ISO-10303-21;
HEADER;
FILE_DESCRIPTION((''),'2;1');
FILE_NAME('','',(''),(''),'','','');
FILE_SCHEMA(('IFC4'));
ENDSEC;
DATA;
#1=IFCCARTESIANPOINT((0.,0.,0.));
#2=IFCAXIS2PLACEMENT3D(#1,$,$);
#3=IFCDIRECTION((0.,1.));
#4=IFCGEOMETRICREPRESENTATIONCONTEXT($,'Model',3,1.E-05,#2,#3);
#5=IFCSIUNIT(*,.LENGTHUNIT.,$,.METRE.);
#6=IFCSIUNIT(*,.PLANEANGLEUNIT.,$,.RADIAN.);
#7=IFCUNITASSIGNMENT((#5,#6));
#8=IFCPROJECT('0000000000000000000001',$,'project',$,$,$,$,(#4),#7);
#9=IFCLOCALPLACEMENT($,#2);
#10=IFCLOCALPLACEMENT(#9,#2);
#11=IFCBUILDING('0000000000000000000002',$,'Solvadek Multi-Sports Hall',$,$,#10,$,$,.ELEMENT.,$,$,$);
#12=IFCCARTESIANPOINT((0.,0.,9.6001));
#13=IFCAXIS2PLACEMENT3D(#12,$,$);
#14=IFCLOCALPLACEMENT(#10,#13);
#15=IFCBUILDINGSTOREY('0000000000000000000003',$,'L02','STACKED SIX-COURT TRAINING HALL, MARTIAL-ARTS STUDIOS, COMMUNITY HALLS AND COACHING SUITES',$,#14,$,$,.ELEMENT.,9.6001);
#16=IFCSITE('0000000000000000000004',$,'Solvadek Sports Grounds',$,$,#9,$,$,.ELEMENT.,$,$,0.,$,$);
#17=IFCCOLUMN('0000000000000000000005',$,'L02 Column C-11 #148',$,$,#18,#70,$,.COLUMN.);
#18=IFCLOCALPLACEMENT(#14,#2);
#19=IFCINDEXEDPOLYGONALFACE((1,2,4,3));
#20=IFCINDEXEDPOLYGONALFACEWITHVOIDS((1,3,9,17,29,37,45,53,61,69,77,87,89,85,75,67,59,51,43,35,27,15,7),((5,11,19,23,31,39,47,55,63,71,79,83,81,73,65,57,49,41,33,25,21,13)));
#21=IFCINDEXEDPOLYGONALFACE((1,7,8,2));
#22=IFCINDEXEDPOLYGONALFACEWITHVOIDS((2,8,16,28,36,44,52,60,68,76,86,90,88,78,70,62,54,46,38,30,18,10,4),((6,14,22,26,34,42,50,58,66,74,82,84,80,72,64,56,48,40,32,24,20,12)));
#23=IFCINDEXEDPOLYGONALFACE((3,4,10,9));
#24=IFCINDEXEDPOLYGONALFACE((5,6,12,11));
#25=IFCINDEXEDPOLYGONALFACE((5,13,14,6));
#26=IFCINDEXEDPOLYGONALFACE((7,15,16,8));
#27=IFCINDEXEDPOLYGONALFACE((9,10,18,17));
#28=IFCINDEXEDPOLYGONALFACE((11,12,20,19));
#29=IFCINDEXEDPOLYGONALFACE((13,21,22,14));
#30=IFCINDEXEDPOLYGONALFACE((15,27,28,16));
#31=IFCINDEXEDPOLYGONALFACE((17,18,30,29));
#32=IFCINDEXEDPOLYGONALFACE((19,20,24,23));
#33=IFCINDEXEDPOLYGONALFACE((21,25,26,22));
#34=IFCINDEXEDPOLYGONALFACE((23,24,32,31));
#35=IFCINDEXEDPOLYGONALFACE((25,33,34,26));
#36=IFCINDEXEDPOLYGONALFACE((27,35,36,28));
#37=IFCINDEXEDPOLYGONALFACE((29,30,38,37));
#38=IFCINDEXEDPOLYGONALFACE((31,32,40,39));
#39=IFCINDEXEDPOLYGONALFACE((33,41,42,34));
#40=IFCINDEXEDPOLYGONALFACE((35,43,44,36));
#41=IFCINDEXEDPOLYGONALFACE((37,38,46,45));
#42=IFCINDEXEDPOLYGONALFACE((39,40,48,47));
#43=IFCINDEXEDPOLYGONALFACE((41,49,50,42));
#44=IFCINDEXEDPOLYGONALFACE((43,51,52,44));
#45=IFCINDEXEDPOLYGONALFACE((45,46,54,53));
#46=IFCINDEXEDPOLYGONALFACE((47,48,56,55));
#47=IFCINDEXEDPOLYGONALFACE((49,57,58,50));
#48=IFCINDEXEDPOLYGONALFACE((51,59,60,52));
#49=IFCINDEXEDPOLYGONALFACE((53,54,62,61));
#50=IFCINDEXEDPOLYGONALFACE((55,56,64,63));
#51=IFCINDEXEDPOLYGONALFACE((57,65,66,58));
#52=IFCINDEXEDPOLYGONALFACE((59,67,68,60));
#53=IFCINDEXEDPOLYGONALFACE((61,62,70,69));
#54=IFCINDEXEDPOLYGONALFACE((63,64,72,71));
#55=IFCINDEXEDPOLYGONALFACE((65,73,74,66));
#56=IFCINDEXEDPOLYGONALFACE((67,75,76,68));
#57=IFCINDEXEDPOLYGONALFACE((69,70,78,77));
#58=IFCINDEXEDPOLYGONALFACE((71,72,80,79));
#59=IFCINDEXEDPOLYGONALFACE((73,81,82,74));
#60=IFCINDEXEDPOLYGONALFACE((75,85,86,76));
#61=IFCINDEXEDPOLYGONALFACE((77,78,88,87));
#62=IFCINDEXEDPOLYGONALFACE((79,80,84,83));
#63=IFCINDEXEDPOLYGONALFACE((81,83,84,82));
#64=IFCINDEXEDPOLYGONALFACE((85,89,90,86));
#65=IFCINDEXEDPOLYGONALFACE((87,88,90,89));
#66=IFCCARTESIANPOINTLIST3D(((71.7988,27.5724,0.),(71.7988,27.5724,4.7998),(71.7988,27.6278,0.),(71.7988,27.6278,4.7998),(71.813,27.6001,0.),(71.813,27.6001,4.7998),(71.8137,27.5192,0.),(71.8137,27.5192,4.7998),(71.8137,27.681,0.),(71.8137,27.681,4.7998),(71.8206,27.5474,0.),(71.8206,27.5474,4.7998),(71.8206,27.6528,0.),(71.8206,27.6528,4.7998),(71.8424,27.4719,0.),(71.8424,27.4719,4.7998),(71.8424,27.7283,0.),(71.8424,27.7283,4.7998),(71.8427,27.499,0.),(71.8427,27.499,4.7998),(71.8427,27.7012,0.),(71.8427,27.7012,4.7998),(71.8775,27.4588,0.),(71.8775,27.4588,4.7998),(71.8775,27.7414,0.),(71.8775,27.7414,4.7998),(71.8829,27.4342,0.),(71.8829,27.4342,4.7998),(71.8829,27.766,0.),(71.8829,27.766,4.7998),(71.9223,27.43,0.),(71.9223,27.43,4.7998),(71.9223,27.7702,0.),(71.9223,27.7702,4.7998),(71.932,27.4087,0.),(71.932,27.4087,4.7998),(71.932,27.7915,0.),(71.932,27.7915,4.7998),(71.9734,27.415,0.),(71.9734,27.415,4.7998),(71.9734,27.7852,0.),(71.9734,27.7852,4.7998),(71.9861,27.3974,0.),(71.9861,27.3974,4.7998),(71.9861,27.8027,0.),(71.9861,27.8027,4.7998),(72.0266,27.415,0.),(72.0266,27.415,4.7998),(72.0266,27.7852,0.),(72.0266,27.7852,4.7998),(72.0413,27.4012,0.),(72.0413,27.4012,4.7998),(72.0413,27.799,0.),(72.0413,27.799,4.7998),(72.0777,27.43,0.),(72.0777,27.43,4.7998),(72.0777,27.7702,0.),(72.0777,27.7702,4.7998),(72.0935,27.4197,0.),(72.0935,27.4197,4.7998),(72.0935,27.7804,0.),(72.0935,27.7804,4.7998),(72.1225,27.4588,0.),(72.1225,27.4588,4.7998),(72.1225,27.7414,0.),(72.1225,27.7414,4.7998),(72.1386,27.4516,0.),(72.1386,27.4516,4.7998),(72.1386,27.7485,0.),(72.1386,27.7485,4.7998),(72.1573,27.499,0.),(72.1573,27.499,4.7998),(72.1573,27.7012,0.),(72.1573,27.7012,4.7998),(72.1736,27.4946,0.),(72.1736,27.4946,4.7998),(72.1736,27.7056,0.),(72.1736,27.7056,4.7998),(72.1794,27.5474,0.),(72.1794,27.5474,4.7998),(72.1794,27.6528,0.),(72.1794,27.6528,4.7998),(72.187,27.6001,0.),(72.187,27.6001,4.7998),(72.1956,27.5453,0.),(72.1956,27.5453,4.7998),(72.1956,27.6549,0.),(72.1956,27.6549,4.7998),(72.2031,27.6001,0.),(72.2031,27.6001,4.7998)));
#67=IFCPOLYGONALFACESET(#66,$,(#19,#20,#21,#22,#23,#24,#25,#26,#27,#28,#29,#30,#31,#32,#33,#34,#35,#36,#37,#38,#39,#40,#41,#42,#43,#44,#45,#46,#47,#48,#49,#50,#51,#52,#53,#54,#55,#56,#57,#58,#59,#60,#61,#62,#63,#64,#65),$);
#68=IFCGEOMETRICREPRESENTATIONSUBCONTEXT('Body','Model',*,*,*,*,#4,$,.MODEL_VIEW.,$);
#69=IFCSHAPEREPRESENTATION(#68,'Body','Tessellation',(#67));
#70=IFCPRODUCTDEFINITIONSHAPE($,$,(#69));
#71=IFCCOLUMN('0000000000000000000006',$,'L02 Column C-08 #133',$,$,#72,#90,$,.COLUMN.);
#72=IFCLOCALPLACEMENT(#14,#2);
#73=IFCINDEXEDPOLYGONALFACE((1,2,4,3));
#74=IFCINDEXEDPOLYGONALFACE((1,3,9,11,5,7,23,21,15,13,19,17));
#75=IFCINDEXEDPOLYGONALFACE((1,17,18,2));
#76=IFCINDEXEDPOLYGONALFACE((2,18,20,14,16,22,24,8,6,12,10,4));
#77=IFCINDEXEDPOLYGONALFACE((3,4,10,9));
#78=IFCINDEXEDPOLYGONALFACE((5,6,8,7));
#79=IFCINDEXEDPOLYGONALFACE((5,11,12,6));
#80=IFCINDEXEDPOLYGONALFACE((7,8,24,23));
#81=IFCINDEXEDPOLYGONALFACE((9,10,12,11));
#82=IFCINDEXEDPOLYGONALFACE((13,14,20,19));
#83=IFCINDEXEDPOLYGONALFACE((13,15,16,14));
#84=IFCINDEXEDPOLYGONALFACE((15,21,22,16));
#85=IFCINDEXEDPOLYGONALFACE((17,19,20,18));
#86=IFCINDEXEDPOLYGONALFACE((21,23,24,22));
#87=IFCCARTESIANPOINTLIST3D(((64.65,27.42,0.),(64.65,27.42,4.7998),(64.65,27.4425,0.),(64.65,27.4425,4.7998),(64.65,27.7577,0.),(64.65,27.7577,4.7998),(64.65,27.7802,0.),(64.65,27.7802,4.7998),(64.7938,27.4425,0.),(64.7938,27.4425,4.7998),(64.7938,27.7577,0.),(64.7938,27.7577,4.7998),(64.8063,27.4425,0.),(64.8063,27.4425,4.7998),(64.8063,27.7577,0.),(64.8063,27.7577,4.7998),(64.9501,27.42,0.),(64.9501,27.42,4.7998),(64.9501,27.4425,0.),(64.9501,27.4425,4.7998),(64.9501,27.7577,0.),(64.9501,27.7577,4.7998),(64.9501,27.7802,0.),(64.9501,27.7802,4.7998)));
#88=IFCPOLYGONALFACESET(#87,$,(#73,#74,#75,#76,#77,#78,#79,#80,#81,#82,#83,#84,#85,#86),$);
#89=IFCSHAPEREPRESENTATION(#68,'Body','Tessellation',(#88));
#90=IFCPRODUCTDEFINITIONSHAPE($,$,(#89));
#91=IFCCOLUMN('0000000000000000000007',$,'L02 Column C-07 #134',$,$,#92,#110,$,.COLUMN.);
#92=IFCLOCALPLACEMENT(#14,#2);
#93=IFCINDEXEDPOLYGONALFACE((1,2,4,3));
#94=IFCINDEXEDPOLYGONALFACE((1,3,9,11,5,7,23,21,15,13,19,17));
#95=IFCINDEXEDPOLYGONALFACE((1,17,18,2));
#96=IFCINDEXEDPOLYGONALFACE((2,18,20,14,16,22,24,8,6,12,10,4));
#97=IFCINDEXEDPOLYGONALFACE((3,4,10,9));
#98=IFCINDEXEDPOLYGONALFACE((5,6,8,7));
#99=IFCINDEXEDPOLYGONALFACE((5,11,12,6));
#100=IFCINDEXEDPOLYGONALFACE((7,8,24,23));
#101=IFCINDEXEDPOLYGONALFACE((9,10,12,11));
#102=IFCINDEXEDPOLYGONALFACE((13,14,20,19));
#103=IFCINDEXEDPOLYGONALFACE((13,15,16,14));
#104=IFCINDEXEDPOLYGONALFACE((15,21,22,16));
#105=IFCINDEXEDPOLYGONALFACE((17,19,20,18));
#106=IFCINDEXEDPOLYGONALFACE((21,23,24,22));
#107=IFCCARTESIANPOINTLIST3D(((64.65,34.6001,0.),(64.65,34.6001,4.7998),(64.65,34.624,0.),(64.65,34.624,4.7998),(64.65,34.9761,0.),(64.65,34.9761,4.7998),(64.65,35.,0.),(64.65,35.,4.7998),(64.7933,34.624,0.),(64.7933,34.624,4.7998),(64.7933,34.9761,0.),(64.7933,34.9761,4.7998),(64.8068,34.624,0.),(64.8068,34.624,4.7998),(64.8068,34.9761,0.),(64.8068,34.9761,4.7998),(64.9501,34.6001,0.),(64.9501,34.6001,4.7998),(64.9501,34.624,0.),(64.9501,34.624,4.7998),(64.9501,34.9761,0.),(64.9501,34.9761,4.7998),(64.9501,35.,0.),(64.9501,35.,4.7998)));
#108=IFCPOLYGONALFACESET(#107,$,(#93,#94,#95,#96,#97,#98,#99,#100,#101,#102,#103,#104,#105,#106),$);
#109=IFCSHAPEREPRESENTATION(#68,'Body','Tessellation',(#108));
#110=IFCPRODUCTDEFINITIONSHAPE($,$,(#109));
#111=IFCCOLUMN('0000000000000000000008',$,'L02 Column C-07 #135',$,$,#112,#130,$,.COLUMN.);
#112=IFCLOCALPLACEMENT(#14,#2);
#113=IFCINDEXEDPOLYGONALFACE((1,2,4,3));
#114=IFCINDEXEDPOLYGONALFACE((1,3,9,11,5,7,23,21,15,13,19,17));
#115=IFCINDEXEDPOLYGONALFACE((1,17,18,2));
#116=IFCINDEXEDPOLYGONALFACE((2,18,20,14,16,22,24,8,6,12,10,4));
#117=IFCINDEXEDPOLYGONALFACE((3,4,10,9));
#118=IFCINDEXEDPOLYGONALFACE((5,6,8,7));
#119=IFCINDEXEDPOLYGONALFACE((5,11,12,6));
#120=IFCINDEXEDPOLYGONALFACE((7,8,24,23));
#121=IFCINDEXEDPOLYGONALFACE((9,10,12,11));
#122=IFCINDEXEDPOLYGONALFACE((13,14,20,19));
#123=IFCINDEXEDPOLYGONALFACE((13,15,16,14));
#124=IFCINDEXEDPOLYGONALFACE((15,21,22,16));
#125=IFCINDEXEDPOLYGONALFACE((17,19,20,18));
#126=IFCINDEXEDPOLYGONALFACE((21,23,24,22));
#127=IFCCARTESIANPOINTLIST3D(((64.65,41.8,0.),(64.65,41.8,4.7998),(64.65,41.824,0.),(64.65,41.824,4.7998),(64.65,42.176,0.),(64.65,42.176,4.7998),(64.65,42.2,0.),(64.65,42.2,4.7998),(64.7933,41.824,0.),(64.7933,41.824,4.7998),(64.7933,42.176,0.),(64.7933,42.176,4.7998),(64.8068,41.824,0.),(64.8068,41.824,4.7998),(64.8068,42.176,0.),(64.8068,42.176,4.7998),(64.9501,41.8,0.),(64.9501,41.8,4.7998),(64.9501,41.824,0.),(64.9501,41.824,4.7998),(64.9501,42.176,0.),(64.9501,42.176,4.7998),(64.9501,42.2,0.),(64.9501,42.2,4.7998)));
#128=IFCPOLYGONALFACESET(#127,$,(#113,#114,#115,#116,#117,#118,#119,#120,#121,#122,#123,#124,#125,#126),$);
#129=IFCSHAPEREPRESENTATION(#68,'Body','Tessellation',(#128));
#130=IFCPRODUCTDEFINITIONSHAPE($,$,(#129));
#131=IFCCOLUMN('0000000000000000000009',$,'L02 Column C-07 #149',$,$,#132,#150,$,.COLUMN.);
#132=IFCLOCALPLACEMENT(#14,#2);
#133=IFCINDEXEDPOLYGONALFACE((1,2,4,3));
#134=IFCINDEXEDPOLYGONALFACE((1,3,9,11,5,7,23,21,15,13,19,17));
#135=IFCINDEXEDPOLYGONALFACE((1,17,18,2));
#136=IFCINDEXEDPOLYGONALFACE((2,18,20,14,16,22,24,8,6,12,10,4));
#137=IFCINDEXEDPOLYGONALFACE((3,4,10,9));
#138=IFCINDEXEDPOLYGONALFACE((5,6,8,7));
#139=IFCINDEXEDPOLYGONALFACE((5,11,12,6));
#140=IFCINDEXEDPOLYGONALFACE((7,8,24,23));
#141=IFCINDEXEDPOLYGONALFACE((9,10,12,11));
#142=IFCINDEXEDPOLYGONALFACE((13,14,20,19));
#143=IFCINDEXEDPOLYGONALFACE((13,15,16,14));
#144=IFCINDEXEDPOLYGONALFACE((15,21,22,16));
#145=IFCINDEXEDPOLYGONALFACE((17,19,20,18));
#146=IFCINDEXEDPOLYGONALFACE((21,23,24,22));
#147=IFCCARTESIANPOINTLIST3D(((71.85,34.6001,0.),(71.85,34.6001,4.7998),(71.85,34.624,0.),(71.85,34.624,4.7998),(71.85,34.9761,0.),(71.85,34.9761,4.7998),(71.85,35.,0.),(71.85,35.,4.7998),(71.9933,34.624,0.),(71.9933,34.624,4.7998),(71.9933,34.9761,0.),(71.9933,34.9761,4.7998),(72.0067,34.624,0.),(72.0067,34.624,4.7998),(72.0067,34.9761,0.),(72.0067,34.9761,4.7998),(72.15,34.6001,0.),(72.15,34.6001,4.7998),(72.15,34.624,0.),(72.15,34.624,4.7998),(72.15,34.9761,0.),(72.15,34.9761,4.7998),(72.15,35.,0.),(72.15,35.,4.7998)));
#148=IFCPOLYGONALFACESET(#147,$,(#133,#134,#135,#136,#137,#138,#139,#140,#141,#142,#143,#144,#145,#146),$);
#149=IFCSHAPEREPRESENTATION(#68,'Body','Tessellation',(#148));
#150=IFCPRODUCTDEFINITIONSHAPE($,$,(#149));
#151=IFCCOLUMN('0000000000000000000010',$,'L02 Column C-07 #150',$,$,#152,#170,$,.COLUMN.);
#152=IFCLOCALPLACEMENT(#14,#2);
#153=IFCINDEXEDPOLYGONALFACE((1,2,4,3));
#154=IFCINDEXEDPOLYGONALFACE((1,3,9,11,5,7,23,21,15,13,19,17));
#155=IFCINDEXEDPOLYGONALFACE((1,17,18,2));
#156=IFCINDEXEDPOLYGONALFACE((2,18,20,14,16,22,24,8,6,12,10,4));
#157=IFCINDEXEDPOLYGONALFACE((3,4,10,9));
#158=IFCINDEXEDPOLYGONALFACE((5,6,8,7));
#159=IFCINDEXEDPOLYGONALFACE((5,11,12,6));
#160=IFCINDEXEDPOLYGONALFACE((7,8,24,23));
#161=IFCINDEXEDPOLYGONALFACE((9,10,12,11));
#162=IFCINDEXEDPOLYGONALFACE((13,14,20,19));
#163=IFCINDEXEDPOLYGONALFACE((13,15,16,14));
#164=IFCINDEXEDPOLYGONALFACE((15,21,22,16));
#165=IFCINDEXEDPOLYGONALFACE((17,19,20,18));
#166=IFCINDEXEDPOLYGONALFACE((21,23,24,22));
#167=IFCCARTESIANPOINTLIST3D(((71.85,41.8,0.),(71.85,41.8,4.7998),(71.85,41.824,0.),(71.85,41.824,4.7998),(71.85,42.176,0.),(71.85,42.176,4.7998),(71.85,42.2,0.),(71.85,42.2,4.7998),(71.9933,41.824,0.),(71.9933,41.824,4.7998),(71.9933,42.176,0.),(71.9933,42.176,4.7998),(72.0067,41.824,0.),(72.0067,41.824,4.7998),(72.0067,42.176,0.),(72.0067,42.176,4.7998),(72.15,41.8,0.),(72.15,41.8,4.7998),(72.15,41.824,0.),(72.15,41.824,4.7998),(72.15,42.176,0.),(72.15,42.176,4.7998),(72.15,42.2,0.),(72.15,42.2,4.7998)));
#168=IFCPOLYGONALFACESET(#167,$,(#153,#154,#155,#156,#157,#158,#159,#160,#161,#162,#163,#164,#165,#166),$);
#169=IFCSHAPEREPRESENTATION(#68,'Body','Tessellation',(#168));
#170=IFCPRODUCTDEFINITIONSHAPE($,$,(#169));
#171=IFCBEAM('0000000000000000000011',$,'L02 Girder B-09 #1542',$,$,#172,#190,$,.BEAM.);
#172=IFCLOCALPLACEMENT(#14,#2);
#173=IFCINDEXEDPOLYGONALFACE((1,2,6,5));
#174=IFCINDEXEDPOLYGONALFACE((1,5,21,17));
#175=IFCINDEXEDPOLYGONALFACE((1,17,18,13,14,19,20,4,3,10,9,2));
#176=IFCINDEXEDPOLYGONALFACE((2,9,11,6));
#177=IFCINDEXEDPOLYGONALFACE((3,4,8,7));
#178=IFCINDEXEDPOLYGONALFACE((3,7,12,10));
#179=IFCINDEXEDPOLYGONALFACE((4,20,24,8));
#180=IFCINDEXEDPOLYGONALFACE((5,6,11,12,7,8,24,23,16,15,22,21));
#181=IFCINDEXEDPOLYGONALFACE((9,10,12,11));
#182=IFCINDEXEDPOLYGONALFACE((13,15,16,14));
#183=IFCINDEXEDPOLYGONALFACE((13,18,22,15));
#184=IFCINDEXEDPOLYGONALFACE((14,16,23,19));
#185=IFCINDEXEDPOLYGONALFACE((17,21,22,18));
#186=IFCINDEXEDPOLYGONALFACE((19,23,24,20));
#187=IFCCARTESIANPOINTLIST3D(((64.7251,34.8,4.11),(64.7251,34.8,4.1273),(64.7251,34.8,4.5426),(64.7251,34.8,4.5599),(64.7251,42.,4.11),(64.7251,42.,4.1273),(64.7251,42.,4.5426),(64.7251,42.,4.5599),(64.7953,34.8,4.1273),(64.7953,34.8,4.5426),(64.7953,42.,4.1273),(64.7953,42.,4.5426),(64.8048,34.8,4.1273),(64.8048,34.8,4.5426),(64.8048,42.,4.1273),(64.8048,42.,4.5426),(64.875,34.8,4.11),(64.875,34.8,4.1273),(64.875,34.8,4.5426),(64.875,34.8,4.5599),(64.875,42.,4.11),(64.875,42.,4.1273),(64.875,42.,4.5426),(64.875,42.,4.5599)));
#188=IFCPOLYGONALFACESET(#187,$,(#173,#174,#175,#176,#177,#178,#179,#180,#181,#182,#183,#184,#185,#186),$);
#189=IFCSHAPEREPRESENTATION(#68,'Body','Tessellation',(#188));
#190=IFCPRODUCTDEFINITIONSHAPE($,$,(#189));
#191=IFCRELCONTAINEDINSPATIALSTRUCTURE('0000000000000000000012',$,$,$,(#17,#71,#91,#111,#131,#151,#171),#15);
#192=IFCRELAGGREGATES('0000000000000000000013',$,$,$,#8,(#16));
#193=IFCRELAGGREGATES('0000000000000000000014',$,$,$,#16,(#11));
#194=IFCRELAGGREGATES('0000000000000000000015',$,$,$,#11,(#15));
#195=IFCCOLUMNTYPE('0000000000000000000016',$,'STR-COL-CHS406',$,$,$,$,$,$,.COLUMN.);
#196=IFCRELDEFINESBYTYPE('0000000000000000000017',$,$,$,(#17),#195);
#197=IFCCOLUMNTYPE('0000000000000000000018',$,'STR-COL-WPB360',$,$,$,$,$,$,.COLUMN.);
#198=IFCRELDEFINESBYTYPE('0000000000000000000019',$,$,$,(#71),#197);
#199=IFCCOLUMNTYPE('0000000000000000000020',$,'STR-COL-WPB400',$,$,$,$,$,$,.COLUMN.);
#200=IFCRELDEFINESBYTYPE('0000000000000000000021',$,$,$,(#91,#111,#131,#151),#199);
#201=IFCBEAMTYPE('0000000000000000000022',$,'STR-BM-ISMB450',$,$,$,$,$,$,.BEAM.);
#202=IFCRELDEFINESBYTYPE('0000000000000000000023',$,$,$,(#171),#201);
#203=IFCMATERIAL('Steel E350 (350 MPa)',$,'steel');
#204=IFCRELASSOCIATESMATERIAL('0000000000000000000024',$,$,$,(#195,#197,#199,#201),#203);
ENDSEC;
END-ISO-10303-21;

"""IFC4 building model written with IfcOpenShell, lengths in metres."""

from ifc_helpers import new_model, si_unit, direction, frame, origin, origin_2d, place, context, subcontext, project, spatial, hollow_circle, i_section, extrude, material, material_profile, profile_set, type_object, element, save


model = new_model("IFC4")

# Units and contexts
model_context = context("Model", 3, precision=1e-05, world=origin(), true_north=direction((0.0, 1.0)))
body_context = subcontext(model_context, "Body", "Model", "MODEL_VIEW")
ifc_project = project(units=[si_unit("LENGTHUNIT", "METRE"), si_unit("PLANEANGLEUNIT", "RADIAN")], contexts=[model_context])

# Site, building, storey
site_placement = place(None, origin())
site = spatial("IfcSite", under=ifc_project, at=site_placement, Name="Solvadek Sports Grounds", CompositionType="ELEMENT", RefElevation=0.0)
building_placement = place(site_placement, origin())
building = spatial("IfcBuilding", under=site, at=building_placement, Name="Solvadek Multi-Sports Hall", CompositionType="ELEMENT")
storey_placement = place(building_placement, frame((0.0, 0.0, 9.6001)))
storey = spatial("IfcBuildingStorey", under=building, at=storey_placement, Name="L02", Description="STACKED SIX-COURT TRAINING HALL, MARTIAL-ARTS STUDIOS, COMMUNITY HALLS AND COACHING SUITES", CompositionType="ELEMENT", Elevation=9.6001)

# Columns
ifc_material_1 = material(Name="Steel E350 (350 MPa)", Category="steel")
ifc_material_profile_1 = material_profile(ifc_material_1, hollow_circle(Radius=0.2031, WallThickness=0.0161, at=origin_2d()), Name="CHS 406.4x16")
ifc_profile_set_1 = profile_set([ifc_material_profile_1], Name="Steel E350 (350 MPa)")
column_type_1 = type_object("IfcColumnType", Name="STR-COL-CHS406", PredefinedType="COLUMN", material=ifc_profile_set_1)
column_1_placement = place(storey_placement, frame((72.0, 27.6001, 0.0), z_axis=(0.0, 0.0, 1.0), x_axis=(1.0, 0.0, 0.0)))
element("IfcColumn", 1, at=column_1_placement, inside=storey, type_object=column_type_1, Name="L02 Column C-11 #148", PredefinedType="COLUMN", context=body_context, shape_type="SweptSolid", body=[
    extrude(hollow_circle(Radius=0.2031, WallThickness=0.0161, at=origin_2d()), origin(), (0.0, 0.0, 1.0), 4.7998),
])
ifc_material_profile_2 = material_profile(ifc_material_1, i_section(OverallWidth=0.3, OverallDepth=0.3601, WebThickness=0.0125, FlangeThickness=0.0225, at=origin_2d()), Name="WPB 360")
ifc_profile_set_2 = profile_set([ifc_material_profile_2], Name="Steel E350 (350 MPa)")
column_type_2 = type_object("IfcColumnType", Name="STR-COL-WPB360", PredefinedType="COLUMN", material=ifc_profile_set_2)
column_2_placement = place(storey_placement, frame((64.8, 27.6001, 0.0), z_axis=(0.0, 0.0, 1.0), x_axis=(1.0, 0.0, 0.0)))
element("IfcColumn", 2, at=column_2_placement, inside=storey, type_object=column_type_2, Name="L02 Column C-08 #133", PredefinedType="COLUMN", context=body_context, shape_type="SweptSolid", body=[
    extrude(i_section(OverallWidth=0.3, OverallDepth=0.3601, WebThickness=0.0125, FlangeThickness=0.0225, at=origin_2d()), origin(), (0.0, 0.0, 1.0), 4.7998),
])
ifc_material_profile_3 = material_profile(ifc_material_1, i_section(OverallWidth=0.3, OverallDepth=0.3999, WebThickness=0.0134, FlangeThickness=0.0239, at=origin_2d()), Name="WPB 400")
ifc_profile_set_3 = profile_set([ifc_material_profile_3], Name="Steel E350 (350 MPa)")
column_type_3 = type_object("IfcColumnType", Name="STR-COL-WPB400", PredefinedType="COLUMN", material=ifc_profile_set_3)
for number, where, z_axis, x_axis, name in (
    (3, (64.8, 34.8, 0.0), (0.0, 0.0, 1.0), (1.0, 0.0, 0.0), "L02 Column C-07 #134"),
    (4, (64.8, 42.0, 0.0), (0.0, 0.0, 1.0), (1.0, 0.0, 0.0), "L02 Column C-07 #135"),
    (5, (72.0, 34.8, 0.0), (0.0, 0.0, 1.0), (1.0, 0.0, 0.0), "L02 Column C-07 #149"),
    (6, (72.0, 42.0, 0.0), (0.0, 0.0, 1.0), (1.0, 0.0, 0.0), "L02 Column C-07 #150"),
):
    element("IfcColumn", number, at=place(storey_placement, frame(where, z_axis=z_axis, x_axis=x_axis)), inside=storey, type_object=column_type_3, Name=name, PredefinedType="COLUMN", context=body_context, shape_type="SweptSolid", body=[
        extrude(i_section(OverallWidth=0.3, OverallDepth=0.3999, WebThickness=0.0134, FlangeThickness=0.0239, at=origin_2d()), origin(), (0.0, 0.0, 1.0), 4.7998),
    ])

# Beam
ifc_material_profile_4 = material_profile(ifc_material_1, i_section(OverallWidth=0.1499, OverallDepth=0.45, WebThickness=0.0095, FlangeThickness=0.0173, at=origin_2d()), Name="ISMB 450")
ifc_profile_set_4 = profile_set([ifc_material_profile_4], Name="Steel E350 (350 MPa)")
beam_type_1 = type_object("IfcBeamType", Name="STR-BM-ISMB450", PredefinedType="BEAM", material=ifc_profile_set_4)
for number, where, z_axis, x_axis, name in (
    (7, (64.8, 34.8, 4.335), (0.0, 1.0, 0.0), (-1.0, 0.0, 0.0), "L02 Girder B-09 #1542"),
):
    element("IfcBeam", number, at=place(storey_placement, frame(where, z_axis=z_axis, x_axis=x_axis)), inside=storey, type_object=beam_type_1, Name=name, PredefinedType="BEAM", context=body_context, shape_type="SweptSolid", body=[
        extrude(i_section(OverallWidth=0.1499, OverallDepth=0.45, WebThickness=0.0095, FlangeThickness=0.0173, at=origin_2d()), origin(), (0.0, 0.0, 1.0), 7.2),
    ])

save(model, "model.ifc")
